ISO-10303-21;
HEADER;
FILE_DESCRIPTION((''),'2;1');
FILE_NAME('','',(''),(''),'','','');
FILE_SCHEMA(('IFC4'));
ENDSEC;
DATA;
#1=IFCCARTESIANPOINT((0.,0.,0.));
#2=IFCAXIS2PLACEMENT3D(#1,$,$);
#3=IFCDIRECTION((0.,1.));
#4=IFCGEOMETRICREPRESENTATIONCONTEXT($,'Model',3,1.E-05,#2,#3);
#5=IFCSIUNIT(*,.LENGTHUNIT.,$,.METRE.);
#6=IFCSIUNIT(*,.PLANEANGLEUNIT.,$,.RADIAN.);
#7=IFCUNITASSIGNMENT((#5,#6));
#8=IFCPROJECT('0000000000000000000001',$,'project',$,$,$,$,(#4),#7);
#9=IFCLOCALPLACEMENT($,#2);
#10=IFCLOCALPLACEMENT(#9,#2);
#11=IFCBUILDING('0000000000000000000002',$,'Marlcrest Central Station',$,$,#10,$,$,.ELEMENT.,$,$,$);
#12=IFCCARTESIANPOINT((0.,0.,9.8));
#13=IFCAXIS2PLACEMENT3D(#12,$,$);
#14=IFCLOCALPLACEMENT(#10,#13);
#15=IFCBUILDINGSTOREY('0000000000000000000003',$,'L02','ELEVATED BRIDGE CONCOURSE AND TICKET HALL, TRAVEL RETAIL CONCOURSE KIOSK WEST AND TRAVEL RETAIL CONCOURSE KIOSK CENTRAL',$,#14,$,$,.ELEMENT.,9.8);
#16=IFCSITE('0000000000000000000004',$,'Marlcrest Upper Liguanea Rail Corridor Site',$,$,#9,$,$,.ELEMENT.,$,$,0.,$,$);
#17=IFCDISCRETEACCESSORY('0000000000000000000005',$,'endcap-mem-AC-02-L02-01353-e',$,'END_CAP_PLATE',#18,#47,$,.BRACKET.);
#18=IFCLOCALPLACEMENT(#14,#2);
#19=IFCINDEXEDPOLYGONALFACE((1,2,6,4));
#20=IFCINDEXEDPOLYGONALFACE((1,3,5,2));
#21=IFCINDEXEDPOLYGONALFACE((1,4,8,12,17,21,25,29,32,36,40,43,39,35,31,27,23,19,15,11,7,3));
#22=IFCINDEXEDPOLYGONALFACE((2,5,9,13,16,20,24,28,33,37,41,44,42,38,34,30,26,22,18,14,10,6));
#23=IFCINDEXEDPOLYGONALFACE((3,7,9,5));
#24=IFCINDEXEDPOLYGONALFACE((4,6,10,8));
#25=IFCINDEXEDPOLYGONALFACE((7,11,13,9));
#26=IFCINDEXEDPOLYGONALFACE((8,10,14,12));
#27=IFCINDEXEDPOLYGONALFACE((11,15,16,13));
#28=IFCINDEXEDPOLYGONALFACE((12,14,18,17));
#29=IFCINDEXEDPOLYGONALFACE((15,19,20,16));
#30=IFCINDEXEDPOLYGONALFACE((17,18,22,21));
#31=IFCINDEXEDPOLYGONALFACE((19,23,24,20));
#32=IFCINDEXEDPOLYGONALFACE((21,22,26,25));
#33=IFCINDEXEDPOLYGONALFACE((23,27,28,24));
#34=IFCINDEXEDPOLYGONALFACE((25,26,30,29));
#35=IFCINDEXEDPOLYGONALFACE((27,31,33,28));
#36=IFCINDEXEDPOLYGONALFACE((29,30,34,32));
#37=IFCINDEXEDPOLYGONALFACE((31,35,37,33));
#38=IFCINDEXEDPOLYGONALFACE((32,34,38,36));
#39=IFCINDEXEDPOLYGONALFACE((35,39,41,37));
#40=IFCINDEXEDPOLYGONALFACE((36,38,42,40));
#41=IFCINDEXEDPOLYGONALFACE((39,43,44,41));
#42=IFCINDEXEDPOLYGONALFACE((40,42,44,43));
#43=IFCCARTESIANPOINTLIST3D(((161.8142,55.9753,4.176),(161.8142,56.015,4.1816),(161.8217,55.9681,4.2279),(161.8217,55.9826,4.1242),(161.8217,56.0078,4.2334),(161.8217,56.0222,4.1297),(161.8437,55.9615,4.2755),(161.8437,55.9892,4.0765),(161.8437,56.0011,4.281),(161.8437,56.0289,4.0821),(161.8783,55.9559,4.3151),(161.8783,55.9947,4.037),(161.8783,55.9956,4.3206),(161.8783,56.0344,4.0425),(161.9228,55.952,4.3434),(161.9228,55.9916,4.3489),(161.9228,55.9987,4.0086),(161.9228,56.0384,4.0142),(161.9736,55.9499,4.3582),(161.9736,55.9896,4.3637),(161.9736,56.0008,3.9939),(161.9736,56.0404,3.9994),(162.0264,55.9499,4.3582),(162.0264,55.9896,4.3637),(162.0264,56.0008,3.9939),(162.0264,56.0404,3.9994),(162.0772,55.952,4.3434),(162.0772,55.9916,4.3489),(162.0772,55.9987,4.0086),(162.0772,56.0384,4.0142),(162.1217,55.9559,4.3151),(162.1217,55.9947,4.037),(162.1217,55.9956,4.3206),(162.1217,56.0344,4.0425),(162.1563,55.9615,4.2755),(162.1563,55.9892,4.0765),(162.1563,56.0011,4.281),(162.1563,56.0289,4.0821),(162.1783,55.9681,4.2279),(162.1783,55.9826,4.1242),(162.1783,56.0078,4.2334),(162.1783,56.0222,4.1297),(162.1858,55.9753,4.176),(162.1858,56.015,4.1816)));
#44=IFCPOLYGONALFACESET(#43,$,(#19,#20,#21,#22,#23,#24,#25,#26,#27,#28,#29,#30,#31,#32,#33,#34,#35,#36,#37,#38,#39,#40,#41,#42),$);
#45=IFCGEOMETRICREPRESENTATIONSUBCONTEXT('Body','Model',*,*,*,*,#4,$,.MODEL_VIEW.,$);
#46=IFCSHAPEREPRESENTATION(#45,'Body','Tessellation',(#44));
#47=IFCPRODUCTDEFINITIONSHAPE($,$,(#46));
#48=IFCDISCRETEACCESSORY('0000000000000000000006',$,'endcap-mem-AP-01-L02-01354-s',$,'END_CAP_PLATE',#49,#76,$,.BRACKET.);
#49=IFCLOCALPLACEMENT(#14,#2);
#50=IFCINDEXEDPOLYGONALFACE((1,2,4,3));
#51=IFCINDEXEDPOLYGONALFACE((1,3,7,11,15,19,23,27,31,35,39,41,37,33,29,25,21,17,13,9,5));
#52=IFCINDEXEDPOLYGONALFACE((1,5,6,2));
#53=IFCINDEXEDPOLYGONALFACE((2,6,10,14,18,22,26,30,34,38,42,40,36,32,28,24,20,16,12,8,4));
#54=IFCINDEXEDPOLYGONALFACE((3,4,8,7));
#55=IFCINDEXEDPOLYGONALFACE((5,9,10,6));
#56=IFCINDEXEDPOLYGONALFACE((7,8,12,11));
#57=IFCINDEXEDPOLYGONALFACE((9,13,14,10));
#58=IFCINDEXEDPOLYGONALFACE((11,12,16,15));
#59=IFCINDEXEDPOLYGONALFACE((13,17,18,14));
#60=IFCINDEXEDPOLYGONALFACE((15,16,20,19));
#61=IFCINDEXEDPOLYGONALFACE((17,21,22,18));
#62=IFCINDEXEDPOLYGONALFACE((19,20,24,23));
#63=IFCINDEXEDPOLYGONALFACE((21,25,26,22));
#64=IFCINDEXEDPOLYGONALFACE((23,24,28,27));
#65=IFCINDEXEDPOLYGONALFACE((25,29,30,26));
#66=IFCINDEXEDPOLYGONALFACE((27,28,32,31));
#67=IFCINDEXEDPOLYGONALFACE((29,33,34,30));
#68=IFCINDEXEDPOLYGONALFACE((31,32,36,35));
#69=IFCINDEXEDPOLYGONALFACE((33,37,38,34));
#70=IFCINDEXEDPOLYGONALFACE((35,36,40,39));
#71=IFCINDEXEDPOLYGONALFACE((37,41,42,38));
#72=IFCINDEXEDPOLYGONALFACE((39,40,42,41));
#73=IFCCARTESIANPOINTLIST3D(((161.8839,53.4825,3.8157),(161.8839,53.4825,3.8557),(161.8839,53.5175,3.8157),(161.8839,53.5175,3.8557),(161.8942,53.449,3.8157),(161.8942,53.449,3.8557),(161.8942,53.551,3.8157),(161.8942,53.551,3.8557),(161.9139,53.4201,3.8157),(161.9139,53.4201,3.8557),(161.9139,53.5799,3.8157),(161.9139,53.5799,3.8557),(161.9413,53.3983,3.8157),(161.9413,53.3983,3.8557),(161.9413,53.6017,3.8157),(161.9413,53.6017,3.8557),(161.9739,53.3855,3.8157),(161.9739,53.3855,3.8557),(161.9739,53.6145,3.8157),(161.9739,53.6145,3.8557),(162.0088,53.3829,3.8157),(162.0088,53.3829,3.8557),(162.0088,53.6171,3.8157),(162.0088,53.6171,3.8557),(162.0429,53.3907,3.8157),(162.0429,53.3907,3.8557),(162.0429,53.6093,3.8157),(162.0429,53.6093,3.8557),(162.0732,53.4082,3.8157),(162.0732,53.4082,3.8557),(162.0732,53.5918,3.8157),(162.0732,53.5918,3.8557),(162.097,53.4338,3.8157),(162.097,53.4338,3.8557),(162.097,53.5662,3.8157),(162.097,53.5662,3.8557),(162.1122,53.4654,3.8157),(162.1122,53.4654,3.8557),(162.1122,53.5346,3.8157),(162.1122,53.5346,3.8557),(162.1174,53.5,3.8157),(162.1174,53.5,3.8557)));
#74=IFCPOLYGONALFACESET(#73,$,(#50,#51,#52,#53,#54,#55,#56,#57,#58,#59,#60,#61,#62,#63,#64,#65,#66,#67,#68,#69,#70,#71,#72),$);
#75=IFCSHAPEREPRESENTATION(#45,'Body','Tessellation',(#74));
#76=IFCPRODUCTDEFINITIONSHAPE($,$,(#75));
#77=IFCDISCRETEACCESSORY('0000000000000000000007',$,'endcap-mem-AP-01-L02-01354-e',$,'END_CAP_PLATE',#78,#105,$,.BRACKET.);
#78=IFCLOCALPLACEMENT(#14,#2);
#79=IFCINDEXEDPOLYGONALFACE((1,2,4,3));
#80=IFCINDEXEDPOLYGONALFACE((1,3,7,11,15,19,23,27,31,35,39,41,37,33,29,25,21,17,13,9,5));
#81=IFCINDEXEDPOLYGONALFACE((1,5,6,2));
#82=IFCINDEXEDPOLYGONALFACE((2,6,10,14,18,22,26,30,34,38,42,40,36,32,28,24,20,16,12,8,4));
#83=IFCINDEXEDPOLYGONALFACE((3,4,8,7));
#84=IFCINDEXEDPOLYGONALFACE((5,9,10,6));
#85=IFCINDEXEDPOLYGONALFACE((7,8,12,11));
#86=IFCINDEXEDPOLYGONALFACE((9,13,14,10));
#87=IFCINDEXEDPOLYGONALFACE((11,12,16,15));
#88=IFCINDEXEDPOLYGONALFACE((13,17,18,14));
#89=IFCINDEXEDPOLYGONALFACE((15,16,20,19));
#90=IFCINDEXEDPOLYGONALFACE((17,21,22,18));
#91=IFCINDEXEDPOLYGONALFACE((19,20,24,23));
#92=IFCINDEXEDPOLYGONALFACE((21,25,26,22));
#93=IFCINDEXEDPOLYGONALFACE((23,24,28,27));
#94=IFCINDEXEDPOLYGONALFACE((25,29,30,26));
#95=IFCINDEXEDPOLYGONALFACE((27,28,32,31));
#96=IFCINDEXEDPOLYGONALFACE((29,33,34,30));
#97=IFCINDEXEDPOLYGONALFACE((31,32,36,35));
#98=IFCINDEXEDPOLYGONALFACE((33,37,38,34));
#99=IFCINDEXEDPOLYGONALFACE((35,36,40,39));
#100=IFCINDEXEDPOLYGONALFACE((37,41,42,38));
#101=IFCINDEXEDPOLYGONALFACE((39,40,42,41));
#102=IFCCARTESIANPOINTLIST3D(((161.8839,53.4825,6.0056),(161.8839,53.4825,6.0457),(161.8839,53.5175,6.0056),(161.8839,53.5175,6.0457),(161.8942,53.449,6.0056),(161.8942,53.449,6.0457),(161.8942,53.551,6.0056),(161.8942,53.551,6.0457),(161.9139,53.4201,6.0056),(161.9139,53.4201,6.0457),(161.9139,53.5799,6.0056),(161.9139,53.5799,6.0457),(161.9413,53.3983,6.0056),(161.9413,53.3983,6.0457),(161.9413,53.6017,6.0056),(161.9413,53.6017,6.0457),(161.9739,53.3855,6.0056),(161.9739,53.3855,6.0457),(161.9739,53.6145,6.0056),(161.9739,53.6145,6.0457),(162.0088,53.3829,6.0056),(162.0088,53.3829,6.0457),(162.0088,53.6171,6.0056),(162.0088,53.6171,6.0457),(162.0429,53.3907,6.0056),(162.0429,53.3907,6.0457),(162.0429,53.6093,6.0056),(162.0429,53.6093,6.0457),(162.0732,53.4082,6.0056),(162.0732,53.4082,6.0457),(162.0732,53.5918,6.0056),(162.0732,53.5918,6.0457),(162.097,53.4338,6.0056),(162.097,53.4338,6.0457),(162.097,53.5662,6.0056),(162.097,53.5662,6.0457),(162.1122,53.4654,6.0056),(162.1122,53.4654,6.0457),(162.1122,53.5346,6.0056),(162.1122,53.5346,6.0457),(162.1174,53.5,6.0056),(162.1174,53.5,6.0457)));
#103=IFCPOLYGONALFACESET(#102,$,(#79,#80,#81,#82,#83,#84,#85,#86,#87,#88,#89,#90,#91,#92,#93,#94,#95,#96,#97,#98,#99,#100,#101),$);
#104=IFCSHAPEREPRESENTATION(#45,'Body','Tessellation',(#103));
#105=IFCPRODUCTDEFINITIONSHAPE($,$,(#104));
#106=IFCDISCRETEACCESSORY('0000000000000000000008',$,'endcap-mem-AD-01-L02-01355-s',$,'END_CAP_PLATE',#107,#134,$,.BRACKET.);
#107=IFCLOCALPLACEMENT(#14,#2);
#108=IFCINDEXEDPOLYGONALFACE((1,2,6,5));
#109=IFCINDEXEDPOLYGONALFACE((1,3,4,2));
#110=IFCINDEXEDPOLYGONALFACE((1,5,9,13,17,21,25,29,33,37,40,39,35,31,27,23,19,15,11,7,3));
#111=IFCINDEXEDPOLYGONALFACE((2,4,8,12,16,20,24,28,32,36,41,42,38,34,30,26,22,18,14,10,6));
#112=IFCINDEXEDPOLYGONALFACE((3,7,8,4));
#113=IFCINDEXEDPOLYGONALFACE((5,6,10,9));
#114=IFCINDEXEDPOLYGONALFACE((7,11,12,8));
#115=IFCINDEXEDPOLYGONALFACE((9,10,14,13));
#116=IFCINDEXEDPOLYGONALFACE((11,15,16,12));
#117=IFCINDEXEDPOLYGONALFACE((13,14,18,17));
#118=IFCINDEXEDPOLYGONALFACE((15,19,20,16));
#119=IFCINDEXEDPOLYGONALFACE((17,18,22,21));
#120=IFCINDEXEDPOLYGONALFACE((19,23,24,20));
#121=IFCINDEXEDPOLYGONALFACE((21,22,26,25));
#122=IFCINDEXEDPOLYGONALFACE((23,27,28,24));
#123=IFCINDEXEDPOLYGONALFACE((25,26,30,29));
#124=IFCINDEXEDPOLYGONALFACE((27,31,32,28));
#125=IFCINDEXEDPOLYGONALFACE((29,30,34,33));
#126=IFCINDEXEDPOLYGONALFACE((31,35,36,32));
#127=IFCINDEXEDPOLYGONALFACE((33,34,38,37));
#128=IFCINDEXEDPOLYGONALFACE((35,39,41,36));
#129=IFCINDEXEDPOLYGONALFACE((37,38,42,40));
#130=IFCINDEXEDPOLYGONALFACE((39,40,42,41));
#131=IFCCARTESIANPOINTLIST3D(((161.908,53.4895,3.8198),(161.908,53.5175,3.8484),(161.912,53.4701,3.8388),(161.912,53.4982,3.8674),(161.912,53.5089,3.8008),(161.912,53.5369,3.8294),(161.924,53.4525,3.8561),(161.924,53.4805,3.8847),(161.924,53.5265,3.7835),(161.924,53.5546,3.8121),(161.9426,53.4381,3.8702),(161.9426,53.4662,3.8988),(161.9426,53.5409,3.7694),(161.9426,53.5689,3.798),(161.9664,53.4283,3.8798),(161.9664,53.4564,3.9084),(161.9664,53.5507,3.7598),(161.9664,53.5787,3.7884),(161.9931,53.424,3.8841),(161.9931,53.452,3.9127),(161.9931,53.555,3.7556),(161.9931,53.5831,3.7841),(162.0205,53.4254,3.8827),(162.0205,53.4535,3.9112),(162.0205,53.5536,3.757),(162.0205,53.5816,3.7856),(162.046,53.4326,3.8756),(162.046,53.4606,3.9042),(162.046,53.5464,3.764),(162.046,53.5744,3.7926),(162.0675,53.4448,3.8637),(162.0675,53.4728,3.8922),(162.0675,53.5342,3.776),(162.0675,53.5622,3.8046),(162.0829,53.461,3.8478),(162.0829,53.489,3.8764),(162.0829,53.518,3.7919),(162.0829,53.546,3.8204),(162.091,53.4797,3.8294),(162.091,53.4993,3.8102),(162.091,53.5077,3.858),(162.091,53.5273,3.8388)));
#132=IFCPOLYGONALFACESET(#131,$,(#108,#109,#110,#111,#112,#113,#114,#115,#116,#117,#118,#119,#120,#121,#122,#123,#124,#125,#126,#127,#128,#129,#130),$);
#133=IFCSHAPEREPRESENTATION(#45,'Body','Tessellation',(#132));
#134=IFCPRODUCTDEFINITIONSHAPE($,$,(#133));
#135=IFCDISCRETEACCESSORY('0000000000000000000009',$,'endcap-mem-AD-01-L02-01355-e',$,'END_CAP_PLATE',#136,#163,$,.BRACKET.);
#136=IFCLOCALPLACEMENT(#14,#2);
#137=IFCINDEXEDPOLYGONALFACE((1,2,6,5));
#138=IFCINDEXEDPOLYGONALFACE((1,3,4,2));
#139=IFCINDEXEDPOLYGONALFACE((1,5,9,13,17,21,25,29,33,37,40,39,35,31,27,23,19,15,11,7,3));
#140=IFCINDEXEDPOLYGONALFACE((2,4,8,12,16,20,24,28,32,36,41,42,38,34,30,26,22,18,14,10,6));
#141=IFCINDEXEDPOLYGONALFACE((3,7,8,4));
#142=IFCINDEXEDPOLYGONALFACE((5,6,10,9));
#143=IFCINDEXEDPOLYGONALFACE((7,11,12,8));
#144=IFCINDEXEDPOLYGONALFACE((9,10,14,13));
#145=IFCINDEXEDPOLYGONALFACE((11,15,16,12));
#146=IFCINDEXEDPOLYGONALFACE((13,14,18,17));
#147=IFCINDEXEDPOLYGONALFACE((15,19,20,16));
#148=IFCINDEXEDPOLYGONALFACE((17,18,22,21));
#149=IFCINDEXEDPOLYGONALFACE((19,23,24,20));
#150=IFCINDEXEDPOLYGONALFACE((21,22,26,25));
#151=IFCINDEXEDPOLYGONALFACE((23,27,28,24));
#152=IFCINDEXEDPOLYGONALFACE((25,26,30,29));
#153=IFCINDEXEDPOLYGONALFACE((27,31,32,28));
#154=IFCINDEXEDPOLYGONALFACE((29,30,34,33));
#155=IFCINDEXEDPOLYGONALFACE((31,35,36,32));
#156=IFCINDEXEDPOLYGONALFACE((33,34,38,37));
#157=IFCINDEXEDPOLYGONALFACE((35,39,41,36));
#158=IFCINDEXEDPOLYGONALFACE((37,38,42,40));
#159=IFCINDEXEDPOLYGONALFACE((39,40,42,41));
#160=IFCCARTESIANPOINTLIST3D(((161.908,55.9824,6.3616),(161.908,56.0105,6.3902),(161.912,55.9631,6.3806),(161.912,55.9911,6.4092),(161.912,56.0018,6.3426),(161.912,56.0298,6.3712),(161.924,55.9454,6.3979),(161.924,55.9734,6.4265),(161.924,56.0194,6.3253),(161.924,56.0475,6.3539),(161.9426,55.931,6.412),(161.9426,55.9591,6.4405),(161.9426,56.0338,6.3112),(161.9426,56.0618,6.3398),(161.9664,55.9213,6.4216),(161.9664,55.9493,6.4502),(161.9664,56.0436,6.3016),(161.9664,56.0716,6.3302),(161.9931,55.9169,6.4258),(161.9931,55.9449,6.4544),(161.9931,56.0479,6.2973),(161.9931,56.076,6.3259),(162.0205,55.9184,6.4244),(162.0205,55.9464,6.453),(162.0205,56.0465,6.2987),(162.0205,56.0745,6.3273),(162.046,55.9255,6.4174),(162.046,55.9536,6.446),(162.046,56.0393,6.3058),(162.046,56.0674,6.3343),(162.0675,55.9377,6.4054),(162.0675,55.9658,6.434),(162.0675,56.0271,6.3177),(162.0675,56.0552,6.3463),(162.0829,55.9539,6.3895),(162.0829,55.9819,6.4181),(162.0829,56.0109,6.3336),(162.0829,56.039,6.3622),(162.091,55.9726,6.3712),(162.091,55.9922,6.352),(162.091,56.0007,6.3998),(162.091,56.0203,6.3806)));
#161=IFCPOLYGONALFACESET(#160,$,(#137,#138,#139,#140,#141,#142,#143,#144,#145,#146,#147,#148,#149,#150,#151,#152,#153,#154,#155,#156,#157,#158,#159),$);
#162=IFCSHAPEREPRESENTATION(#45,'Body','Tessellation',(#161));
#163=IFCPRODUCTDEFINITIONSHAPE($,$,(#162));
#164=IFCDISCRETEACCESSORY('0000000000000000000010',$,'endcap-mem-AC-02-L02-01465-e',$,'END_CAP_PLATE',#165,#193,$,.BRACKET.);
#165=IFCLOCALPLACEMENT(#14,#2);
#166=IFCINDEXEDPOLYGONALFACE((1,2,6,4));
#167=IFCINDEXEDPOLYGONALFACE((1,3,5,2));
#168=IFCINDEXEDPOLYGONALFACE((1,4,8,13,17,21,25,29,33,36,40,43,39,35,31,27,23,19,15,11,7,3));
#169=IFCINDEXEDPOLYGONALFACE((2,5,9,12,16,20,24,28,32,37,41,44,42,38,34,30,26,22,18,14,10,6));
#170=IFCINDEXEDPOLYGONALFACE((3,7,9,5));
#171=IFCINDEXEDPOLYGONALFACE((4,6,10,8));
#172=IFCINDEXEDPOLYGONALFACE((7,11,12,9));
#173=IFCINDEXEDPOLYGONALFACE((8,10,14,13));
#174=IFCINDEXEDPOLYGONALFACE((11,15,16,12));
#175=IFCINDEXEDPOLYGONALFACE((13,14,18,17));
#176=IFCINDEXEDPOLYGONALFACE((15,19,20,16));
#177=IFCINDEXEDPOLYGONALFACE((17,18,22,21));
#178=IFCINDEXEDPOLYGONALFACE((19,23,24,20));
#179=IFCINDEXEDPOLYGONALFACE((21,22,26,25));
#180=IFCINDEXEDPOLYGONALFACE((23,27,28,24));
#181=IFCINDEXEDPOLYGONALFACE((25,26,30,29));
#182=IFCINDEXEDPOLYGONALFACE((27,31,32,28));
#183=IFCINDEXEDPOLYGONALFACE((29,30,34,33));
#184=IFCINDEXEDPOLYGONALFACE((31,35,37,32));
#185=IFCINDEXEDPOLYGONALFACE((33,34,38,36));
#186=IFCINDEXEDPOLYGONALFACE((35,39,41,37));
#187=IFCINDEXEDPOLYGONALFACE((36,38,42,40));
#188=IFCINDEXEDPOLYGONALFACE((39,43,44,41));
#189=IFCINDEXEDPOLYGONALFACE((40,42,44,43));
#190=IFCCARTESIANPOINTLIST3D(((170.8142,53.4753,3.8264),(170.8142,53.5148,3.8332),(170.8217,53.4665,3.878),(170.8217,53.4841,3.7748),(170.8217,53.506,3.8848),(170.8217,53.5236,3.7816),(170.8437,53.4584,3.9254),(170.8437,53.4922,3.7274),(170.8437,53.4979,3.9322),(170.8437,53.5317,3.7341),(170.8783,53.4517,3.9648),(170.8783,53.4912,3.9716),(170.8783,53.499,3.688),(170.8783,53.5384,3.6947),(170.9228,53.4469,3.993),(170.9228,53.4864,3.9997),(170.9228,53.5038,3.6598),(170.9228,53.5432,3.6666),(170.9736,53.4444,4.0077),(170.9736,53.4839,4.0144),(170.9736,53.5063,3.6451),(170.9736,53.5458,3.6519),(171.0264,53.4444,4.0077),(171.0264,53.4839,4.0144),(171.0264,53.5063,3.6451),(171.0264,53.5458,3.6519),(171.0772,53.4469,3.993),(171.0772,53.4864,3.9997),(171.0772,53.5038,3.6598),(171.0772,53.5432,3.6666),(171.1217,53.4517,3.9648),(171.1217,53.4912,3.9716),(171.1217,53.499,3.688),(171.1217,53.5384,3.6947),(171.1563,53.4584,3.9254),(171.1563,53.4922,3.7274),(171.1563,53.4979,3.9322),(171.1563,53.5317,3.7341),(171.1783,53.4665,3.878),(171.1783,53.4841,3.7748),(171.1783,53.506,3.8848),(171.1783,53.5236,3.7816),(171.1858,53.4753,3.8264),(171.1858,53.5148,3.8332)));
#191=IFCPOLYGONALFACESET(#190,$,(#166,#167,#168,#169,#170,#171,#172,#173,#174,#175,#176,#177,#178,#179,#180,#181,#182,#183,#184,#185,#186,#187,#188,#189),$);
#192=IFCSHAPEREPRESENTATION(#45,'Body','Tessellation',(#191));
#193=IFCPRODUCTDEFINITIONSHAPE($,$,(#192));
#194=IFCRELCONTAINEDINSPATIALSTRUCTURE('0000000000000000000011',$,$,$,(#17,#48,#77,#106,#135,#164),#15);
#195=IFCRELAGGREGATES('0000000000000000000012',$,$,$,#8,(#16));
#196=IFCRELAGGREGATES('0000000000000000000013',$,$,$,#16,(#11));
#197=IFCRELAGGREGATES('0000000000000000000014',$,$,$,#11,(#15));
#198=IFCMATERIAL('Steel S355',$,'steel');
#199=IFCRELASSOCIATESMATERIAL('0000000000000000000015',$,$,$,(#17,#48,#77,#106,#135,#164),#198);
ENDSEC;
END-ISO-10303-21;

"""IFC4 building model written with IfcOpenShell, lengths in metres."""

from ifc_helpers import new_model, si_unit, direction, frame, origin, origin_2d, place, context, subcontext, project, spatial, circle, extrude, material, element, save


model = new_model("IFC4")

# Units and contexts
model_context = context("Model", 3, precision=1e-05, world=origin(), true_north=direction((0.0, 1.0)))
body_context = subcontext(model_context, "Body", "Model", "MODEL_VIEW")
ifc_project = project(units=[si_unit("LENGTHUNIT", "METRE"), si_unit("PLANEANGLEUNIT", "RADIAN")], contexts=[model_context])

# Site, building, storey
site_placement = place(None, origin())
site = spatial("IfcSite", under=ifc_project, at=site_placement, Name="Marlcrest Upper Liguanea Rail Corridor Site", CompositionType="ELEMENT", RefElevation=0.0)
building_placement = place(site_placement, origin())
building = spatial("IfcBuilding", under=site, at=building_placement, Name="Marlcrest Central Station", CompositionType="ELEMENT")
storey_placement = place(building_placement, frame((0.0, 0.0, 9.8)))
storey = spatial("IfcBuildingStorey", under=building, at=storey_placement, Name="L02", Description="ELEVATED BRIDGE CONCOURSE AND TICKET HALL, TRAVEL RETAIL CONCOURSE KIOSK WEST AND TRAVEL RETAIL CONCOURSE KIOSK CENTRAL", CompositionType="ELEMENT", Elevation=9.8)

# Shared definitions
ifc_material = material(Name="Steel S355", Category="steel")

# Discrete accessories
for number, where, z_axis, x_axis, name in (
    (1, (162.0, 55.9753, 4.176), (0.0, 0.990403, 0.138211), (-1.0, 0.0, 0.0), "endcap-mem-AC-02-L02-01353-e"),
):
    element("IfcDiscreteAccessory", number, at=place(storey_placement, frame(where, z_axis=z_axis, x_axis=x_axis)), inside=storey, material=ifc_material, Name=name, ObjectType="END_CAP_PLATE", PredefinedType="BRACKET", context=body_context, shape_type="SweptSolid", body=[
        extrude(circle(Radius=0.1858, at=origin_2d()), origin(), (0.0, 0.0, 1.0), 0.04),
    ])
for number, where, z_axis, x_axis, name in (
    (2, (162.0, 53.5, 3.8157), (0.0, 0.0, 1.0), (1.0, 0.0, 0.0), "endcap-mem-AP-01-L02-01354-s"),
    (3, (162.0, 53.5, 6.0056), (0.0, 0.0, 1.0), (1.0, 0.0, 0.0), "endcap-mem-AP-01-L02-01354-e"),
):
    element("IfcDiscreteAccessory", number, at=place(storey_placement, frame(where, z_axis=z_axis, x_axis=x_axis)), inside=storey, material=ifc_material, Name=name, ObjectType="END_CAP_PLATE", PredefinedType="BRACKET", context=body_context, shape_type="SweptSolid", body=[
        extrude(circle(Radius=0.1174, at=origin_2d()), origin(), (0.0, 0.0, 1.0), 0.04),
    ])
for number, where, z_axis, x_axis, name in (
    (4, (162.0, 53.4895, 3.8198), (0.0, 0.700235, 0.713912), (-1.0, 0.0, 0.0), "endcap-mem-AD-01-L02-01355-s"),
    (5, (162.0, 55.9824, 6.3616), (0.0, 0.700235, 0.713912), (-1.0, 0.0, 0.0), "endcap-mem-AD-01-L02-01355-e"),
):
    element("IfcDiscreteAccessory", number, at=place(storey_placement, frame(where, z_axis=z_axis, x_axis=x_axis)), inside=storey, material=ifc_material, Name=name, ObjectType="END_CAP_PLATE", PredefinedType="BRACKET", context=body_context, shape_type="SweptSolid", body=[
        extrude(circle(Radius=0.092, at=origin_2d()), origin(), (0.0, 0.0, 1.0), 0.04),
    ])
discrete_accessory_1_placement = place(storey_placement, frame((171.0, 53.4753, 3.8264), z_axis=(0.0, 0.985741, 0.168269), x_axis=(-1.0, 0.0, 0.0)))
element("IfcDiscreteAccessory", 6, at=discrete_accessory_1_placement, inside=storey, material=ifc_material, Name="endcap-mem-AC-02-L02-01465-e", ObjectType="END_CAP_PLATE", PredefinedType="BRACKET", context=body_context, shape_type="SweptSolid", body=[
    extrude(circle(Radius=0.1858, at=origin_2d()), origin(), (0.0, 0.0, 1.0), 0.04),
])

save(model, "model.ifc")
